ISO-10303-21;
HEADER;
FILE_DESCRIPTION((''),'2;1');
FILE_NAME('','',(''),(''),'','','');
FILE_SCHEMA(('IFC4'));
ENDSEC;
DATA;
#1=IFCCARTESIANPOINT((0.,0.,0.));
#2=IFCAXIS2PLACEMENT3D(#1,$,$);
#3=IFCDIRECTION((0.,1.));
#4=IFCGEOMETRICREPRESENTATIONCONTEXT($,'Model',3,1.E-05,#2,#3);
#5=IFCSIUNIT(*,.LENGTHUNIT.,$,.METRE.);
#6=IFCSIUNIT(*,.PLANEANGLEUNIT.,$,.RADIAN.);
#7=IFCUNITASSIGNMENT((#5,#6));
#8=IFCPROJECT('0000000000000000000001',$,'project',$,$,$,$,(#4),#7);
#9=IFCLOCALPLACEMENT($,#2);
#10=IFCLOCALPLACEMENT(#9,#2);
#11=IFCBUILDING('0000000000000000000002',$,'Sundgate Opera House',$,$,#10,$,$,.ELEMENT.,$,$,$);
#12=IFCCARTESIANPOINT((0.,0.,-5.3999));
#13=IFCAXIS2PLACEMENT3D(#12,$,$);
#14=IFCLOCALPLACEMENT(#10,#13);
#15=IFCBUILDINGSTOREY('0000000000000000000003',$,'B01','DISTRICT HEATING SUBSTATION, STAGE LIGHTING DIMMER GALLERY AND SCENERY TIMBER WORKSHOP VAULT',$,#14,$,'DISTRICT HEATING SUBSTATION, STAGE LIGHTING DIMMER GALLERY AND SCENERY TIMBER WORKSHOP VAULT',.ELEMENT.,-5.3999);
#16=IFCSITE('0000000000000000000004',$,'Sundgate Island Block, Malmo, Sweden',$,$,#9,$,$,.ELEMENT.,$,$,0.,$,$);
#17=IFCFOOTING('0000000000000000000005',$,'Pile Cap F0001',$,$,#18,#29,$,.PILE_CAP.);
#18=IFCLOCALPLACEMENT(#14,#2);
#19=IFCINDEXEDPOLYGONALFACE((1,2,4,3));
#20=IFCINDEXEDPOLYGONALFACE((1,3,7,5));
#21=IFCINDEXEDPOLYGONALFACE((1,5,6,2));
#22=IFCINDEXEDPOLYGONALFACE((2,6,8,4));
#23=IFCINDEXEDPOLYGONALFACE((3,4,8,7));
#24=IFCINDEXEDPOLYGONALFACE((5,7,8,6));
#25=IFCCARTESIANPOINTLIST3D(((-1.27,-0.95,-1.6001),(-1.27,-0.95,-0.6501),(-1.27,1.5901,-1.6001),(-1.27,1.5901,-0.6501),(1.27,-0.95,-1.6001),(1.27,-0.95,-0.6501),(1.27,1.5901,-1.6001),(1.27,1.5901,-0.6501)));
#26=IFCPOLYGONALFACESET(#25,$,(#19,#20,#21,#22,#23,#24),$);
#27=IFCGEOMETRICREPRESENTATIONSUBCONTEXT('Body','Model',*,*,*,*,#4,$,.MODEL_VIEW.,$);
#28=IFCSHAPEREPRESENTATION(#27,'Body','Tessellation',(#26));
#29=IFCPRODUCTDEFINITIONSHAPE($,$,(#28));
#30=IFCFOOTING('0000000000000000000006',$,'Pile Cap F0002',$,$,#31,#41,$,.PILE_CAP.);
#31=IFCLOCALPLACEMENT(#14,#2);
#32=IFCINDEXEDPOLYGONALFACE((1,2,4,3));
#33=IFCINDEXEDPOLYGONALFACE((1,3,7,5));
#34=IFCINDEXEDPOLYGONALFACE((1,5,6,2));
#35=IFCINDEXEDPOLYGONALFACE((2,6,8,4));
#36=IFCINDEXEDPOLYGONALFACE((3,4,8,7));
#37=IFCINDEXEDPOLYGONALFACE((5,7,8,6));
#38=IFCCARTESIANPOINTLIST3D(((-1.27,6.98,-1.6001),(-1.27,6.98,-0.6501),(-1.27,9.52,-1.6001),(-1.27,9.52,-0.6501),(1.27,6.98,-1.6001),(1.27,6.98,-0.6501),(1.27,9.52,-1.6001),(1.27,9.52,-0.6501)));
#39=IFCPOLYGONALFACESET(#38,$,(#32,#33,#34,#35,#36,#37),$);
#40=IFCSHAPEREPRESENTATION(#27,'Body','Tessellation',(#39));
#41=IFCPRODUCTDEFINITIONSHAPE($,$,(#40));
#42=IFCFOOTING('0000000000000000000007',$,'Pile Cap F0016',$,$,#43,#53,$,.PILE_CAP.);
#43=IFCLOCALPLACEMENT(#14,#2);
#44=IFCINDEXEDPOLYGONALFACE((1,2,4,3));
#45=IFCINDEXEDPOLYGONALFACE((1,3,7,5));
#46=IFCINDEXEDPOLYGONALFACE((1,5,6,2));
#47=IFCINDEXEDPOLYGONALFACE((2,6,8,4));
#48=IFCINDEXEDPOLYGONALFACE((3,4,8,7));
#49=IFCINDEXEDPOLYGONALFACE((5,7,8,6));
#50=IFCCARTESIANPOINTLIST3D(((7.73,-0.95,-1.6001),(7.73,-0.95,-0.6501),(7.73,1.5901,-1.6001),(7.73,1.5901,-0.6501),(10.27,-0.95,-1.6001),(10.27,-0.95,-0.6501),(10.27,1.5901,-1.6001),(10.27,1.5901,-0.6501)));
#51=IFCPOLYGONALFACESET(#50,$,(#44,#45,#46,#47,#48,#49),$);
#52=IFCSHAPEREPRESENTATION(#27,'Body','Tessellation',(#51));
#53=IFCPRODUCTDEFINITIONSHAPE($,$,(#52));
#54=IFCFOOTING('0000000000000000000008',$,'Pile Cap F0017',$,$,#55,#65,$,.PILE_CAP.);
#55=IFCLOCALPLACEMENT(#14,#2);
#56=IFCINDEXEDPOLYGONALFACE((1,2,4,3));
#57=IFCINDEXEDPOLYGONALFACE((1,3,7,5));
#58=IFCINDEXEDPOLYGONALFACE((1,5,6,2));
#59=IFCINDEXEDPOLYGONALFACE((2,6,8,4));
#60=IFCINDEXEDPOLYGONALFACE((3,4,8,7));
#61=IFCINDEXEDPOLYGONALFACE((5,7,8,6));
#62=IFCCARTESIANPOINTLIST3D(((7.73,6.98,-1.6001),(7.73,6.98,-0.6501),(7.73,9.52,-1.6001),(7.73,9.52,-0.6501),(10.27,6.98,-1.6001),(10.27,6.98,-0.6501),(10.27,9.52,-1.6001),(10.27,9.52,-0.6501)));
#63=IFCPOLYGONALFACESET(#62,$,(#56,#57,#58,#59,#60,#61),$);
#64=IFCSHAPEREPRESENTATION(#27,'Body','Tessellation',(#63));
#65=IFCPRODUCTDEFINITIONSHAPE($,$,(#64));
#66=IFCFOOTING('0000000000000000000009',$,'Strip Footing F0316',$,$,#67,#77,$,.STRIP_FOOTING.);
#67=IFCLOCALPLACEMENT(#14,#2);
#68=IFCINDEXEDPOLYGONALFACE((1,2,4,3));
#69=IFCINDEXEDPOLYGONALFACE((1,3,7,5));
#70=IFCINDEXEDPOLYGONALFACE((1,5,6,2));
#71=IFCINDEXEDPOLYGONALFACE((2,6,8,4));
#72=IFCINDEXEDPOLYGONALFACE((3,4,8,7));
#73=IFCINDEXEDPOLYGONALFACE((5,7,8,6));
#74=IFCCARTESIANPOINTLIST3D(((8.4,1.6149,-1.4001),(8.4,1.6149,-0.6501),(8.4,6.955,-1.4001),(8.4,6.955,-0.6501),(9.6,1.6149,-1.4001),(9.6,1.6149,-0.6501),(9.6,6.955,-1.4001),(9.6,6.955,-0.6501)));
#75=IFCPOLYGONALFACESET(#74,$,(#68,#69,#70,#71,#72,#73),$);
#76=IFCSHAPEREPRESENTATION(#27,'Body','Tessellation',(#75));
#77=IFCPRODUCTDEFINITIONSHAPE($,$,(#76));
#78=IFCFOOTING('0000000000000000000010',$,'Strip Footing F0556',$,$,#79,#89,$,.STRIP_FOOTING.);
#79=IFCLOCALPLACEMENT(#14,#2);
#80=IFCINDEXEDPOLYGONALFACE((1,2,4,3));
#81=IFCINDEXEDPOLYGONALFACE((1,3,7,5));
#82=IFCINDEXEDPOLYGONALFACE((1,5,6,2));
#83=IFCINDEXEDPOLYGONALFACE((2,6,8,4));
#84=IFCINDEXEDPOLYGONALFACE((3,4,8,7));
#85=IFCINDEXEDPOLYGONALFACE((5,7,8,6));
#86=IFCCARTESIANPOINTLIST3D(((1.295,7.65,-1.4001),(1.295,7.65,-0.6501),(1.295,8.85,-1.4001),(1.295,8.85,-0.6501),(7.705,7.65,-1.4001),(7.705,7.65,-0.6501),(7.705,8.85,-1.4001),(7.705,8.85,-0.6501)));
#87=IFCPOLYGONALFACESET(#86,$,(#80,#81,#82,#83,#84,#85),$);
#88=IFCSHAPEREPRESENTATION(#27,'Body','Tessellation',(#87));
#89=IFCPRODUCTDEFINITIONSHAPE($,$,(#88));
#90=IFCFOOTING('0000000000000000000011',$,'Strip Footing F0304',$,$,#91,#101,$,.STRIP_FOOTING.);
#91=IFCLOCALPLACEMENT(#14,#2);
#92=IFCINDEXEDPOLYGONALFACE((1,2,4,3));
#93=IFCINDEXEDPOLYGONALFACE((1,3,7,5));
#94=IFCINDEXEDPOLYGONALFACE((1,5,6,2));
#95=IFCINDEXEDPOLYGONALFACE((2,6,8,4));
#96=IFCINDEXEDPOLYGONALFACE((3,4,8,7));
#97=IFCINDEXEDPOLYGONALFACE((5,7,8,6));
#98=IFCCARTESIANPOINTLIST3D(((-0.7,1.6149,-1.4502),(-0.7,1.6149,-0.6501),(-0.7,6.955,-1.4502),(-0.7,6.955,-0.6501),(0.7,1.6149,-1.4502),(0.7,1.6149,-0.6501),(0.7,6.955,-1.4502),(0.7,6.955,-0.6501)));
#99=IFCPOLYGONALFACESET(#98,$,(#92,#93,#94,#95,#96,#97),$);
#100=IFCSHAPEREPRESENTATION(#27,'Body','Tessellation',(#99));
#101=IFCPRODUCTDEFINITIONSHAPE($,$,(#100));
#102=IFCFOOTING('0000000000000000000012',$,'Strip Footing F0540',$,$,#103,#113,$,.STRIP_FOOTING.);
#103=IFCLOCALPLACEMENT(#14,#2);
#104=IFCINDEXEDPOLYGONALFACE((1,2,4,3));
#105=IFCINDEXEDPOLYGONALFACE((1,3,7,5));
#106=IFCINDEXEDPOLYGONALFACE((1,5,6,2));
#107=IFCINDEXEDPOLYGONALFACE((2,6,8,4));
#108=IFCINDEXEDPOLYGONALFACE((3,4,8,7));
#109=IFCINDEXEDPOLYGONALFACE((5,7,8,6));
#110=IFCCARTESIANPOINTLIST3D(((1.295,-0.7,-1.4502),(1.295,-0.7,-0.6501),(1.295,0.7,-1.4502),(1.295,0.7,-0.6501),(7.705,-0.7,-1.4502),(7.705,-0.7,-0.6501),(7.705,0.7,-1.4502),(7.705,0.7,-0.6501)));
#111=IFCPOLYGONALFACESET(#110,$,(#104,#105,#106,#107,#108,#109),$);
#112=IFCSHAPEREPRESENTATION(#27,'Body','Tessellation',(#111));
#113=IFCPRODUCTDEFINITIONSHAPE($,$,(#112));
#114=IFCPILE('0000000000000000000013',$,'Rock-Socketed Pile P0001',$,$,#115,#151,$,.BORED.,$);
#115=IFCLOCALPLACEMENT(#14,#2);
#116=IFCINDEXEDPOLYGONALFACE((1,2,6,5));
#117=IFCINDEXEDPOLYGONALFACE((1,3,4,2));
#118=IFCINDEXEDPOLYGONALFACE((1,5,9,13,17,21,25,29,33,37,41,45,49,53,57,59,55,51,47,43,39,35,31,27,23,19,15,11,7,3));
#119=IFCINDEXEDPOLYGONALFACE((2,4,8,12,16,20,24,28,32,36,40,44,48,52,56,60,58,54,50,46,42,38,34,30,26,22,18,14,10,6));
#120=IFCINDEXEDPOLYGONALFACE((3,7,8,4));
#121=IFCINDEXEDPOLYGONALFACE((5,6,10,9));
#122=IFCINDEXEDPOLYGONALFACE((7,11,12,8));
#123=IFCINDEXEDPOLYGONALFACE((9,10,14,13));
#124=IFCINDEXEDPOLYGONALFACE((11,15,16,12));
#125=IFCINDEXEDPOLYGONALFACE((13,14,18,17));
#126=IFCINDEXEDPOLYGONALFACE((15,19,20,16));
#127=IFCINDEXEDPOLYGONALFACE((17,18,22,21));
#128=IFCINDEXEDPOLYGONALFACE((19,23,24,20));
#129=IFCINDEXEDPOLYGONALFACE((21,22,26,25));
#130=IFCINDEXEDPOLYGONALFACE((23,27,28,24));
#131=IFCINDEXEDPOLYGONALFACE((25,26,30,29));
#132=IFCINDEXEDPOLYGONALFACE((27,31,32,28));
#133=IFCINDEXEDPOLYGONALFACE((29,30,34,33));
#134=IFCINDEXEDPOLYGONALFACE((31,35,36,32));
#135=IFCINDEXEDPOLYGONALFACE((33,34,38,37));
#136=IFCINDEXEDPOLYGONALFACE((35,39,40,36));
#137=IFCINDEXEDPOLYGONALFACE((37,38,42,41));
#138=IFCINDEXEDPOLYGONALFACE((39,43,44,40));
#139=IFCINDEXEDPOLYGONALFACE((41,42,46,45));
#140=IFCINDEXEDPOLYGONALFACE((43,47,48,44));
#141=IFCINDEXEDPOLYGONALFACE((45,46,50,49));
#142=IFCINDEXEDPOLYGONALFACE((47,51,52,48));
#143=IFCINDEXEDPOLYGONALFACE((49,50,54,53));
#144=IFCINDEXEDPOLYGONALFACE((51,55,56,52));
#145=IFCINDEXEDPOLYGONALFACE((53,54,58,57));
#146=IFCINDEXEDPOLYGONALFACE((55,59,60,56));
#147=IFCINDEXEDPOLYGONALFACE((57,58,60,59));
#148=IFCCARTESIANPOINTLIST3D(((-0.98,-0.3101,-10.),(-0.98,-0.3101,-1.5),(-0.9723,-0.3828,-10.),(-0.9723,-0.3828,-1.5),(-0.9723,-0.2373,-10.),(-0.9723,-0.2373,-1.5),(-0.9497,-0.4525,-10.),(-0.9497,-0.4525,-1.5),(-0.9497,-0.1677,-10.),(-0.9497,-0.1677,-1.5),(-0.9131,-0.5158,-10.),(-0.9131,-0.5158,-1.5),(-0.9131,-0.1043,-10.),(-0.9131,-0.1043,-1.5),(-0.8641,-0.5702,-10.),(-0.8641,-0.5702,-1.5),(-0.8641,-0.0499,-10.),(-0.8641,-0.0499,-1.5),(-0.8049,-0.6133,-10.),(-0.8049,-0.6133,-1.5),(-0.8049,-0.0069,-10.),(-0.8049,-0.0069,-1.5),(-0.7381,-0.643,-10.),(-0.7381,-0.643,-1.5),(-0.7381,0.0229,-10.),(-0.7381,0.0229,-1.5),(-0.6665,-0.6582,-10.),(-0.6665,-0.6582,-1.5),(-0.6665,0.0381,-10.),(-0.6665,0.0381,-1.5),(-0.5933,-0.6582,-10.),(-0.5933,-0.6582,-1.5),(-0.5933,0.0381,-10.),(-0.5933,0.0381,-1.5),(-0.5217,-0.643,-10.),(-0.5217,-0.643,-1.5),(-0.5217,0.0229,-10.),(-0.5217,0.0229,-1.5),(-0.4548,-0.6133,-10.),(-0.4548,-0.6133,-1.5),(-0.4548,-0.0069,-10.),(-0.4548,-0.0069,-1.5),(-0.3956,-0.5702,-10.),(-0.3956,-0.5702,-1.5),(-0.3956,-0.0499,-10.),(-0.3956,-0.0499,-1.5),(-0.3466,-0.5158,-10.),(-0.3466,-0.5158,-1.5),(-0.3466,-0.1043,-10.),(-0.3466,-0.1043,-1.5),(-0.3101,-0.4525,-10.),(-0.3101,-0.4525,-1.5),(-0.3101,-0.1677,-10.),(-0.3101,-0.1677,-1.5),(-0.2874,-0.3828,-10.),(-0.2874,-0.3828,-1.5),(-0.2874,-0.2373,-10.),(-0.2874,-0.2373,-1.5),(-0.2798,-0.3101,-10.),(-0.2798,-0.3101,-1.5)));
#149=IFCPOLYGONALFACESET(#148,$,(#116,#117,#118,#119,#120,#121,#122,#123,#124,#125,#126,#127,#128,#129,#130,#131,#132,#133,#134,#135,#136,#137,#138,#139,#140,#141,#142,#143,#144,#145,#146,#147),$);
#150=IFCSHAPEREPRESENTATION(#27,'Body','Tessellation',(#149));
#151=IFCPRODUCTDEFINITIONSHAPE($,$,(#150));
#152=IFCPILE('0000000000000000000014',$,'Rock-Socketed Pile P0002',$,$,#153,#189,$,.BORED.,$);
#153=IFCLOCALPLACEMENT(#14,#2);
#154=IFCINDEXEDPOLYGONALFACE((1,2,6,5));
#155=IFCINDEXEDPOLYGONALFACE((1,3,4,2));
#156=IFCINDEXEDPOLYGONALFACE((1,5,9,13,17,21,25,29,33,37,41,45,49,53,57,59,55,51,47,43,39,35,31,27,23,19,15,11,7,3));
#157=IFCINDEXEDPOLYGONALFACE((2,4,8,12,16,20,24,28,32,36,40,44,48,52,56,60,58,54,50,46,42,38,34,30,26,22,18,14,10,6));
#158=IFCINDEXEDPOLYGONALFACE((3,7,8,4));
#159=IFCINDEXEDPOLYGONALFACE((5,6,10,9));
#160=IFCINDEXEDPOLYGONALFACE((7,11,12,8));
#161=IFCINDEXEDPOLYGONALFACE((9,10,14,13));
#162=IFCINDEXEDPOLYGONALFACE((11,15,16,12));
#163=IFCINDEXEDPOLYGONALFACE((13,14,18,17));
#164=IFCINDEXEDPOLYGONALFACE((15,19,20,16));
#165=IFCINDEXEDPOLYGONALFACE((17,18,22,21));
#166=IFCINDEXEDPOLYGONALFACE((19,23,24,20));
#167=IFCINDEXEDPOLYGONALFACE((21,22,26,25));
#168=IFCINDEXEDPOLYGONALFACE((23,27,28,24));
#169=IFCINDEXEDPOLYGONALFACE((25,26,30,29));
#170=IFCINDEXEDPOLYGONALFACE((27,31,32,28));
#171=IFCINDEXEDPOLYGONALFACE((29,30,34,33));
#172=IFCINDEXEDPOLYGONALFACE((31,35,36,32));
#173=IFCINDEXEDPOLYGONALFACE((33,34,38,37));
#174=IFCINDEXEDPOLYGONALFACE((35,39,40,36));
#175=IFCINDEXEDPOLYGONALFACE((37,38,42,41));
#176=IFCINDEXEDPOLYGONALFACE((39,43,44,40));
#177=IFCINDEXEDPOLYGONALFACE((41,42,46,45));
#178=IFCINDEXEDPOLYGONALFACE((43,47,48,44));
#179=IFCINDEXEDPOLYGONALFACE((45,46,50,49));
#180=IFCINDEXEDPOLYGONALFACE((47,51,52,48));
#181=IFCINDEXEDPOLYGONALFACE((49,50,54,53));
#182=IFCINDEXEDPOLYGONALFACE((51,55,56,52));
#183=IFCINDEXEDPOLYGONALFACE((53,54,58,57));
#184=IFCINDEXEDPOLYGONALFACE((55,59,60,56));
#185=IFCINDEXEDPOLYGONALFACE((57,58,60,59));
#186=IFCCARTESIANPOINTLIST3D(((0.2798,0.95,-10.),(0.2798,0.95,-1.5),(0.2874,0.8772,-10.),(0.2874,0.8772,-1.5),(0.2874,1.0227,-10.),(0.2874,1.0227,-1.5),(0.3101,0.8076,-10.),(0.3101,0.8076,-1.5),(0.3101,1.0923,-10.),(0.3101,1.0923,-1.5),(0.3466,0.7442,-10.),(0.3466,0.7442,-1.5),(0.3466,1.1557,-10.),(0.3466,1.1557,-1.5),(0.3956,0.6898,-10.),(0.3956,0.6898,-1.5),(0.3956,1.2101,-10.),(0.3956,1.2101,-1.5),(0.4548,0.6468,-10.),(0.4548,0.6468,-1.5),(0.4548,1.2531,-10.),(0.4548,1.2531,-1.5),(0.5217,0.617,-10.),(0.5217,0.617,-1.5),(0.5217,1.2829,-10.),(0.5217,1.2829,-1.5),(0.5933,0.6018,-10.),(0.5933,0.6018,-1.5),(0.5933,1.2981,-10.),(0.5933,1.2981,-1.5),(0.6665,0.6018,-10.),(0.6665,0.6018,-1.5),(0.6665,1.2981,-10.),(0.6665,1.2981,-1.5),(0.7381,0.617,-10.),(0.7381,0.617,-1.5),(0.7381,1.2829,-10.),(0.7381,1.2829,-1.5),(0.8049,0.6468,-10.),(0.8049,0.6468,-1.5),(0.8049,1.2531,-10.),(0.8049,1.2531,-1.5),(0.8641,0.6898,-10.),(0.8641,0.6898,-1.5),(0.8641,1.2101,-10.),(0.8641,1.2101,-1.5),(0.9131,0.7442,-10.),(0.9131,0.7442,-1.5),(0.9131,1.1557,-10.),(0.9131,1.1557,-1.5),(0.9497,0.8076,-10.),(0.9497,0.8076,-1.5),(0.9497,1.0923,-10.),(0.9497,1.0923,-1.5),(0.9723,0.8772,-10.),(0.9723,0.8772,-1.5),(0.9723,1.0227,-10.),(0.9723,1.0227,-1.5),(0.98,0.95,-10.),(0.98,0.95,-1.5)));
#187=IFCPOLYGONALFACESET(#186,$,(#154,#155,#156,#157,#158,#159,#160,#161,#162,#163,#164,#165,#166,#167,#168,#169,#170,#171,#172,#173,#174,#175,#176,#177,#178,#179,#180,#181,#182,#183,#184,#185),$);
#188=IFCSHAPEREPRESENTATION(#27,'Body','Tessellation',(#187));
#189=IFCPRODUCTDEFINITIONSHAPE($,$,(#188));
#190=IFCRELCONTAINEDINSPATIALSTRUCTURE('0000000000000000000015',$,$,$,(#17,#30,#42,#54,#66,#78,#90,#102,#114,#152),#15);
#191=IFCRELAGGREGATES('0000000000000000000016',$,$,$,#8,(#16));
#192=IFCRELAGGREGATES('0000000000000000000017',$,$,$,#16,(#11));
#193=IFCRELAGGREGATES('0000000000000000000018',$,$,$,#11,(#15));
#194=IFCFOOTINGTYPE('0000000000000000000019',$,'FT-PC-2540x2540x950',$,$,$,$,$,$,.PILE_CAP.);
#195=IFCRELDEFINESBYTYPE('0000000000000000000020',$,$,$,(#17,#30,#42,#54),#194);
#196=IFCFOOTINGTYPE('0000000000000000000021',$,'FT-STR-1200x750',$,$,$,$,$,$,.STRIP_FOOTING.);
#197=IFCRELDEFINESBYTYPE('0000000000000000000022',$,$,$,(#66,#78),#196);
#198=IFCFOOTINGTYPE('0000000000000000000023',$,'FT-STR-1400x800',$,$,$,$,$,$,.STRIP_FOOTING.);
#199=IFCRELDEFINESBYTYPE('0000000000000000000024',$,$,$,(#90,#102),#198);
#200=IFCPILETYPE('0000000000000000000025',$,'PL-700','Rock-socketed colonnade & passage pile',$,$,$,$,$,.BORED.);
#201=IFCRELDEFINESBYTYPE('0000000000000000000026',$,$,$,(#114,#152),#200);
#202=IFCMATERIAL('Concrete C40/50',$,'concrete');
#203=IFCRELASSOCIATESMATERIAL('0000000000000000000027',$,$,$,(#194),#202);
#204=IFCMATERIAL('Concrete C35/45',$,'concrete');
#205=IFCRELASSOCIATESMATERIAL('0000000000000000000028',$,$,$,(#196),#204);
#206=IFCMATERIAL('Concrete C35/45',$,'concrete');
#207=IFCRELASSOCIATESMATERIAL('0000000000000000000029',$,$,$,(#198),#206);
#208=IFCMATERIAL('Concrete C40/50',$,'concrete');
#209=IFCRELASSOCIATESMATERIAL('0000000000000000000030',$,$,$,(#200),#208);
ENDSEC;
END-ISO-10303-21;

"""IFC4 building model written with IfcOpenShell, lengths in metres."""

from ifc_helpers import new_model, si_unit, direction, frame, origin, origin_2d, place, context, subcontext, project, spatial, rectangle, circle, extrude, material, material_profile, profile_set, type_object, element, save


model = new_model("IFC4")

# Units and contexts
model_context = context("Model", 3, precision=1e-05, world=origin(), true_north=direction((0.0, 1.0)))
body_context = subcontext(model_context, "Body", "Model", "MODEL_VIEW")
ifc_project = project(units=[si_unit("LENGTHUNIT", "METRE"), si_unit("PLANEANGLEUNIT", "RADIAN")], contexts=[model_context])

# Site, building, storey
site_placement = place(None, origin())
site = spatial("IfcSite", under=ifc_project, at=site_placement, Name="Sundgate Island Block, Malmo, Sweden", CompositionType="ELEMENT", RefElevation=0.0)
building_placement = place(site_placement, origin())
building = spatial("IfcBuilding", under=site, at=building_placement, Name="Sundgate Opera House", CompositionType="ELEMENT")
storey_placement = place(building_placement, frame((0.0, 0.0, -5.3999)))
storey = spatial("IfcBuildingStorey", under=building, at=storey_placement, Name="B01", Description="DISTRICT HEATING SUBSTATION, STAGE LIGHTING DIMMER GALLERY AND SCENERY TIMBER WORKSHOP VAULT", LongName="DISTRICT HEATING SUBSTATION, STAGE LIGHTING DIMMER GALLERY AND SCENERY TIMBER WORKSHOP VAULT", CompositionType="ELEMENT", Elevation=-5.3999)

# Footings
ifc_material_1 = material(Name="Concrete C40/50", Category="concrete")
footing_type_1 = type_object("IfcFootingType", Name="FT-PC-2540x2540x950", PredefinedType="PILE_CAP", material=ifc_material_1)
for number, where, z_axis, x_axis, name in (
    (1, (0.0, 0.3201, -1.6001), (0.0, 0.0, 1.0), (1.0, 0.0, 0.0), "Pile Cap F0001"),
    (2, (0.0, 8.25, -1.6001), (0.0, 0.0, 1.0), (1.0, 0.0, 0.0), "Pile Cap F0002"),
    (3, (9.0, 0.3201, -1.6001), (0.0, 0.0, 1.0), (1.0, 0.0, 0.0), "Pile Cap F0016"),
    (4, (9.0, 8.25, -1.6001), (0.0, 0.0, 1.0), (1.0, 0.0, 0.0), "Pile Cap F0017"),
):
    element("IfcFooting", number, at=place(storey_placement, frame(where, z_axis=z_axis, x_axis=x_axis)), inside=storey, type_object=footing_type_1, Name=name, PredefinedType="PILE_CAP", context=body_context, shape_type="SweptSolid", body=[
        extrude(rectangle(XDim=2.54, YDim=2.54, at=origin_2d()), origin(), (0.0, 0.0, 1.0), 0.95),
    ])
ifc_material_2 = material(Name="Concrete C35/45", Category="concrete")
footing_type_2 = type_object("IfcFootingType", Name="FT-STR-1200x750", PredefinedType="STRIP_FOOTING", material=ifc_material_2)
footing_1_placement = place(storey_placement, frame((9.0, 4.2849, -1.4001), z_axis=(0.0, 0.0, 1.0), x_axis=(1.0, 0.0, 0.0)))
element("IfcFooting", 5, at=footing_1_placement, inside=storey, type_object=footing_type_2, Name="Strip Footing F0316", PredefinedType="STRIP_FOOTING", context=body_context, shape_type="SweptSolid", body=[
    extrude(rectangle(XDim=1.2, YDim=5.3401, at=origin_2d()), origin(), (0.0, 0.0, 1.0), 0.75),
])
footing_2_placement = place(storey_placement, frame((4.5, 8.25, -1.4001), z_axis=(0.0, 0.0, 1.0), x_axis=(1.0, 0.0, 0.0)))
element("IfcFooting", 6, at=footing_2_placement, inside=storey, type_object=footing_type_2, Name="Strip Footing F0556", PredefinedType="STRIP_FOOTING", context=body_context, shape_type="SweptSolid", body=[
    extrude(rectangle(XDim=6.4099, YDim=1.2, at=origin_2d()), origin(), (0.0, 0.0, 1.0), 0.75),
])
ifc_material_3 = material(Name="Concrete C35/45", Category="concrete")
footing_type_3 = type_object("IfcFootingType", Name="FT-STR-1400x800", PredefinedType="STRIP_FOOTING", material=ifc_material_3)
footing_3_placement = place(storey_placement, frame((0.0, 4.2849, -1.4502), z_axis=(0.0, 0.0, 1.0), x_axis=(1.0, 0.0, 0.0)))
element("IfcFooting", 7, at=footing_3_placement, inside=storey, type_object=footing_type_3, Name="Strip Footing F0304", PredefinedType="STRIP_FOOTING", context=body_context, shape_type="SweptSolid", body=[
    extrude(rectangle(XDim=1.3999, YDim=5.3401, at=origin_2d()), origin(), (0.0, 0.0, 1.0), 0.8),
])
footing_4_placement = place(storey_placement, frame((4.5, 0.0, -1.4502), z_axis=(0.0, 0.0, 1.0), x_axis=(1.0, 0.0, 0.0)))
element("IfcFooting", 8, at=footing_4_placement, inside=storey, type_object=footing_type_3, Name="Strip Footing F0540", PredefinedType="STRIP_FOOTING", context=body_context, shape_type="SweptSolid", body=[
    extrude(rectangle(XDim=6.4099, YDim=1.3999, at=origin_2d()), origin(), (0.0, 0.0, 1.0), 0.8),
])

# Piles
ifc_material_4 = material(Name="Concrete C40/50", Category="concrete")
ifc_material_profile_1 = material_profile(ifc_material_4, circle(Radius=0.3501, at=origin_2d()), Name="PILE D700")
ifc_profile_set_1 = profile_set([ifc_material_profile_1], Name="Concrete C40/50")
pile_type = type_object("IfcPileType", Name="PL-700", Description="Rock-socketed colonnade & passage pile", PredefinedType="BORED", material=ifc_profile_set_1)
for number, where, z_axis, x_axis, name in (
    (9, (-0.6299, -0.3101, -1.5), (0.0, 0.0, -1.0), (1.0, 0.0, 0.0), "Rock-Socketed Pile P0001"),
    (10, (0.6299, 0.95, -1.5), (0.0, 0.0, -1.0), (1.0, 0.0, 0.0), "Rock-Socketed Pile P0002"),
):
    element("IfcPile", number, at=place(storey_placement, frame(where, z_axis=z_axis, x_axis=x_axis)), inside=storey, type_object=pile_type, Name=name, PredefinedType="BORED", context=body_context, shape_type="SweptSolid", body=[
        extrude(circle(Radius=0.3501, at=origin_2d()), origin(), (0.0, 0.0, 1.0), 8.5),
    ])

save(model, "model.ifc")
